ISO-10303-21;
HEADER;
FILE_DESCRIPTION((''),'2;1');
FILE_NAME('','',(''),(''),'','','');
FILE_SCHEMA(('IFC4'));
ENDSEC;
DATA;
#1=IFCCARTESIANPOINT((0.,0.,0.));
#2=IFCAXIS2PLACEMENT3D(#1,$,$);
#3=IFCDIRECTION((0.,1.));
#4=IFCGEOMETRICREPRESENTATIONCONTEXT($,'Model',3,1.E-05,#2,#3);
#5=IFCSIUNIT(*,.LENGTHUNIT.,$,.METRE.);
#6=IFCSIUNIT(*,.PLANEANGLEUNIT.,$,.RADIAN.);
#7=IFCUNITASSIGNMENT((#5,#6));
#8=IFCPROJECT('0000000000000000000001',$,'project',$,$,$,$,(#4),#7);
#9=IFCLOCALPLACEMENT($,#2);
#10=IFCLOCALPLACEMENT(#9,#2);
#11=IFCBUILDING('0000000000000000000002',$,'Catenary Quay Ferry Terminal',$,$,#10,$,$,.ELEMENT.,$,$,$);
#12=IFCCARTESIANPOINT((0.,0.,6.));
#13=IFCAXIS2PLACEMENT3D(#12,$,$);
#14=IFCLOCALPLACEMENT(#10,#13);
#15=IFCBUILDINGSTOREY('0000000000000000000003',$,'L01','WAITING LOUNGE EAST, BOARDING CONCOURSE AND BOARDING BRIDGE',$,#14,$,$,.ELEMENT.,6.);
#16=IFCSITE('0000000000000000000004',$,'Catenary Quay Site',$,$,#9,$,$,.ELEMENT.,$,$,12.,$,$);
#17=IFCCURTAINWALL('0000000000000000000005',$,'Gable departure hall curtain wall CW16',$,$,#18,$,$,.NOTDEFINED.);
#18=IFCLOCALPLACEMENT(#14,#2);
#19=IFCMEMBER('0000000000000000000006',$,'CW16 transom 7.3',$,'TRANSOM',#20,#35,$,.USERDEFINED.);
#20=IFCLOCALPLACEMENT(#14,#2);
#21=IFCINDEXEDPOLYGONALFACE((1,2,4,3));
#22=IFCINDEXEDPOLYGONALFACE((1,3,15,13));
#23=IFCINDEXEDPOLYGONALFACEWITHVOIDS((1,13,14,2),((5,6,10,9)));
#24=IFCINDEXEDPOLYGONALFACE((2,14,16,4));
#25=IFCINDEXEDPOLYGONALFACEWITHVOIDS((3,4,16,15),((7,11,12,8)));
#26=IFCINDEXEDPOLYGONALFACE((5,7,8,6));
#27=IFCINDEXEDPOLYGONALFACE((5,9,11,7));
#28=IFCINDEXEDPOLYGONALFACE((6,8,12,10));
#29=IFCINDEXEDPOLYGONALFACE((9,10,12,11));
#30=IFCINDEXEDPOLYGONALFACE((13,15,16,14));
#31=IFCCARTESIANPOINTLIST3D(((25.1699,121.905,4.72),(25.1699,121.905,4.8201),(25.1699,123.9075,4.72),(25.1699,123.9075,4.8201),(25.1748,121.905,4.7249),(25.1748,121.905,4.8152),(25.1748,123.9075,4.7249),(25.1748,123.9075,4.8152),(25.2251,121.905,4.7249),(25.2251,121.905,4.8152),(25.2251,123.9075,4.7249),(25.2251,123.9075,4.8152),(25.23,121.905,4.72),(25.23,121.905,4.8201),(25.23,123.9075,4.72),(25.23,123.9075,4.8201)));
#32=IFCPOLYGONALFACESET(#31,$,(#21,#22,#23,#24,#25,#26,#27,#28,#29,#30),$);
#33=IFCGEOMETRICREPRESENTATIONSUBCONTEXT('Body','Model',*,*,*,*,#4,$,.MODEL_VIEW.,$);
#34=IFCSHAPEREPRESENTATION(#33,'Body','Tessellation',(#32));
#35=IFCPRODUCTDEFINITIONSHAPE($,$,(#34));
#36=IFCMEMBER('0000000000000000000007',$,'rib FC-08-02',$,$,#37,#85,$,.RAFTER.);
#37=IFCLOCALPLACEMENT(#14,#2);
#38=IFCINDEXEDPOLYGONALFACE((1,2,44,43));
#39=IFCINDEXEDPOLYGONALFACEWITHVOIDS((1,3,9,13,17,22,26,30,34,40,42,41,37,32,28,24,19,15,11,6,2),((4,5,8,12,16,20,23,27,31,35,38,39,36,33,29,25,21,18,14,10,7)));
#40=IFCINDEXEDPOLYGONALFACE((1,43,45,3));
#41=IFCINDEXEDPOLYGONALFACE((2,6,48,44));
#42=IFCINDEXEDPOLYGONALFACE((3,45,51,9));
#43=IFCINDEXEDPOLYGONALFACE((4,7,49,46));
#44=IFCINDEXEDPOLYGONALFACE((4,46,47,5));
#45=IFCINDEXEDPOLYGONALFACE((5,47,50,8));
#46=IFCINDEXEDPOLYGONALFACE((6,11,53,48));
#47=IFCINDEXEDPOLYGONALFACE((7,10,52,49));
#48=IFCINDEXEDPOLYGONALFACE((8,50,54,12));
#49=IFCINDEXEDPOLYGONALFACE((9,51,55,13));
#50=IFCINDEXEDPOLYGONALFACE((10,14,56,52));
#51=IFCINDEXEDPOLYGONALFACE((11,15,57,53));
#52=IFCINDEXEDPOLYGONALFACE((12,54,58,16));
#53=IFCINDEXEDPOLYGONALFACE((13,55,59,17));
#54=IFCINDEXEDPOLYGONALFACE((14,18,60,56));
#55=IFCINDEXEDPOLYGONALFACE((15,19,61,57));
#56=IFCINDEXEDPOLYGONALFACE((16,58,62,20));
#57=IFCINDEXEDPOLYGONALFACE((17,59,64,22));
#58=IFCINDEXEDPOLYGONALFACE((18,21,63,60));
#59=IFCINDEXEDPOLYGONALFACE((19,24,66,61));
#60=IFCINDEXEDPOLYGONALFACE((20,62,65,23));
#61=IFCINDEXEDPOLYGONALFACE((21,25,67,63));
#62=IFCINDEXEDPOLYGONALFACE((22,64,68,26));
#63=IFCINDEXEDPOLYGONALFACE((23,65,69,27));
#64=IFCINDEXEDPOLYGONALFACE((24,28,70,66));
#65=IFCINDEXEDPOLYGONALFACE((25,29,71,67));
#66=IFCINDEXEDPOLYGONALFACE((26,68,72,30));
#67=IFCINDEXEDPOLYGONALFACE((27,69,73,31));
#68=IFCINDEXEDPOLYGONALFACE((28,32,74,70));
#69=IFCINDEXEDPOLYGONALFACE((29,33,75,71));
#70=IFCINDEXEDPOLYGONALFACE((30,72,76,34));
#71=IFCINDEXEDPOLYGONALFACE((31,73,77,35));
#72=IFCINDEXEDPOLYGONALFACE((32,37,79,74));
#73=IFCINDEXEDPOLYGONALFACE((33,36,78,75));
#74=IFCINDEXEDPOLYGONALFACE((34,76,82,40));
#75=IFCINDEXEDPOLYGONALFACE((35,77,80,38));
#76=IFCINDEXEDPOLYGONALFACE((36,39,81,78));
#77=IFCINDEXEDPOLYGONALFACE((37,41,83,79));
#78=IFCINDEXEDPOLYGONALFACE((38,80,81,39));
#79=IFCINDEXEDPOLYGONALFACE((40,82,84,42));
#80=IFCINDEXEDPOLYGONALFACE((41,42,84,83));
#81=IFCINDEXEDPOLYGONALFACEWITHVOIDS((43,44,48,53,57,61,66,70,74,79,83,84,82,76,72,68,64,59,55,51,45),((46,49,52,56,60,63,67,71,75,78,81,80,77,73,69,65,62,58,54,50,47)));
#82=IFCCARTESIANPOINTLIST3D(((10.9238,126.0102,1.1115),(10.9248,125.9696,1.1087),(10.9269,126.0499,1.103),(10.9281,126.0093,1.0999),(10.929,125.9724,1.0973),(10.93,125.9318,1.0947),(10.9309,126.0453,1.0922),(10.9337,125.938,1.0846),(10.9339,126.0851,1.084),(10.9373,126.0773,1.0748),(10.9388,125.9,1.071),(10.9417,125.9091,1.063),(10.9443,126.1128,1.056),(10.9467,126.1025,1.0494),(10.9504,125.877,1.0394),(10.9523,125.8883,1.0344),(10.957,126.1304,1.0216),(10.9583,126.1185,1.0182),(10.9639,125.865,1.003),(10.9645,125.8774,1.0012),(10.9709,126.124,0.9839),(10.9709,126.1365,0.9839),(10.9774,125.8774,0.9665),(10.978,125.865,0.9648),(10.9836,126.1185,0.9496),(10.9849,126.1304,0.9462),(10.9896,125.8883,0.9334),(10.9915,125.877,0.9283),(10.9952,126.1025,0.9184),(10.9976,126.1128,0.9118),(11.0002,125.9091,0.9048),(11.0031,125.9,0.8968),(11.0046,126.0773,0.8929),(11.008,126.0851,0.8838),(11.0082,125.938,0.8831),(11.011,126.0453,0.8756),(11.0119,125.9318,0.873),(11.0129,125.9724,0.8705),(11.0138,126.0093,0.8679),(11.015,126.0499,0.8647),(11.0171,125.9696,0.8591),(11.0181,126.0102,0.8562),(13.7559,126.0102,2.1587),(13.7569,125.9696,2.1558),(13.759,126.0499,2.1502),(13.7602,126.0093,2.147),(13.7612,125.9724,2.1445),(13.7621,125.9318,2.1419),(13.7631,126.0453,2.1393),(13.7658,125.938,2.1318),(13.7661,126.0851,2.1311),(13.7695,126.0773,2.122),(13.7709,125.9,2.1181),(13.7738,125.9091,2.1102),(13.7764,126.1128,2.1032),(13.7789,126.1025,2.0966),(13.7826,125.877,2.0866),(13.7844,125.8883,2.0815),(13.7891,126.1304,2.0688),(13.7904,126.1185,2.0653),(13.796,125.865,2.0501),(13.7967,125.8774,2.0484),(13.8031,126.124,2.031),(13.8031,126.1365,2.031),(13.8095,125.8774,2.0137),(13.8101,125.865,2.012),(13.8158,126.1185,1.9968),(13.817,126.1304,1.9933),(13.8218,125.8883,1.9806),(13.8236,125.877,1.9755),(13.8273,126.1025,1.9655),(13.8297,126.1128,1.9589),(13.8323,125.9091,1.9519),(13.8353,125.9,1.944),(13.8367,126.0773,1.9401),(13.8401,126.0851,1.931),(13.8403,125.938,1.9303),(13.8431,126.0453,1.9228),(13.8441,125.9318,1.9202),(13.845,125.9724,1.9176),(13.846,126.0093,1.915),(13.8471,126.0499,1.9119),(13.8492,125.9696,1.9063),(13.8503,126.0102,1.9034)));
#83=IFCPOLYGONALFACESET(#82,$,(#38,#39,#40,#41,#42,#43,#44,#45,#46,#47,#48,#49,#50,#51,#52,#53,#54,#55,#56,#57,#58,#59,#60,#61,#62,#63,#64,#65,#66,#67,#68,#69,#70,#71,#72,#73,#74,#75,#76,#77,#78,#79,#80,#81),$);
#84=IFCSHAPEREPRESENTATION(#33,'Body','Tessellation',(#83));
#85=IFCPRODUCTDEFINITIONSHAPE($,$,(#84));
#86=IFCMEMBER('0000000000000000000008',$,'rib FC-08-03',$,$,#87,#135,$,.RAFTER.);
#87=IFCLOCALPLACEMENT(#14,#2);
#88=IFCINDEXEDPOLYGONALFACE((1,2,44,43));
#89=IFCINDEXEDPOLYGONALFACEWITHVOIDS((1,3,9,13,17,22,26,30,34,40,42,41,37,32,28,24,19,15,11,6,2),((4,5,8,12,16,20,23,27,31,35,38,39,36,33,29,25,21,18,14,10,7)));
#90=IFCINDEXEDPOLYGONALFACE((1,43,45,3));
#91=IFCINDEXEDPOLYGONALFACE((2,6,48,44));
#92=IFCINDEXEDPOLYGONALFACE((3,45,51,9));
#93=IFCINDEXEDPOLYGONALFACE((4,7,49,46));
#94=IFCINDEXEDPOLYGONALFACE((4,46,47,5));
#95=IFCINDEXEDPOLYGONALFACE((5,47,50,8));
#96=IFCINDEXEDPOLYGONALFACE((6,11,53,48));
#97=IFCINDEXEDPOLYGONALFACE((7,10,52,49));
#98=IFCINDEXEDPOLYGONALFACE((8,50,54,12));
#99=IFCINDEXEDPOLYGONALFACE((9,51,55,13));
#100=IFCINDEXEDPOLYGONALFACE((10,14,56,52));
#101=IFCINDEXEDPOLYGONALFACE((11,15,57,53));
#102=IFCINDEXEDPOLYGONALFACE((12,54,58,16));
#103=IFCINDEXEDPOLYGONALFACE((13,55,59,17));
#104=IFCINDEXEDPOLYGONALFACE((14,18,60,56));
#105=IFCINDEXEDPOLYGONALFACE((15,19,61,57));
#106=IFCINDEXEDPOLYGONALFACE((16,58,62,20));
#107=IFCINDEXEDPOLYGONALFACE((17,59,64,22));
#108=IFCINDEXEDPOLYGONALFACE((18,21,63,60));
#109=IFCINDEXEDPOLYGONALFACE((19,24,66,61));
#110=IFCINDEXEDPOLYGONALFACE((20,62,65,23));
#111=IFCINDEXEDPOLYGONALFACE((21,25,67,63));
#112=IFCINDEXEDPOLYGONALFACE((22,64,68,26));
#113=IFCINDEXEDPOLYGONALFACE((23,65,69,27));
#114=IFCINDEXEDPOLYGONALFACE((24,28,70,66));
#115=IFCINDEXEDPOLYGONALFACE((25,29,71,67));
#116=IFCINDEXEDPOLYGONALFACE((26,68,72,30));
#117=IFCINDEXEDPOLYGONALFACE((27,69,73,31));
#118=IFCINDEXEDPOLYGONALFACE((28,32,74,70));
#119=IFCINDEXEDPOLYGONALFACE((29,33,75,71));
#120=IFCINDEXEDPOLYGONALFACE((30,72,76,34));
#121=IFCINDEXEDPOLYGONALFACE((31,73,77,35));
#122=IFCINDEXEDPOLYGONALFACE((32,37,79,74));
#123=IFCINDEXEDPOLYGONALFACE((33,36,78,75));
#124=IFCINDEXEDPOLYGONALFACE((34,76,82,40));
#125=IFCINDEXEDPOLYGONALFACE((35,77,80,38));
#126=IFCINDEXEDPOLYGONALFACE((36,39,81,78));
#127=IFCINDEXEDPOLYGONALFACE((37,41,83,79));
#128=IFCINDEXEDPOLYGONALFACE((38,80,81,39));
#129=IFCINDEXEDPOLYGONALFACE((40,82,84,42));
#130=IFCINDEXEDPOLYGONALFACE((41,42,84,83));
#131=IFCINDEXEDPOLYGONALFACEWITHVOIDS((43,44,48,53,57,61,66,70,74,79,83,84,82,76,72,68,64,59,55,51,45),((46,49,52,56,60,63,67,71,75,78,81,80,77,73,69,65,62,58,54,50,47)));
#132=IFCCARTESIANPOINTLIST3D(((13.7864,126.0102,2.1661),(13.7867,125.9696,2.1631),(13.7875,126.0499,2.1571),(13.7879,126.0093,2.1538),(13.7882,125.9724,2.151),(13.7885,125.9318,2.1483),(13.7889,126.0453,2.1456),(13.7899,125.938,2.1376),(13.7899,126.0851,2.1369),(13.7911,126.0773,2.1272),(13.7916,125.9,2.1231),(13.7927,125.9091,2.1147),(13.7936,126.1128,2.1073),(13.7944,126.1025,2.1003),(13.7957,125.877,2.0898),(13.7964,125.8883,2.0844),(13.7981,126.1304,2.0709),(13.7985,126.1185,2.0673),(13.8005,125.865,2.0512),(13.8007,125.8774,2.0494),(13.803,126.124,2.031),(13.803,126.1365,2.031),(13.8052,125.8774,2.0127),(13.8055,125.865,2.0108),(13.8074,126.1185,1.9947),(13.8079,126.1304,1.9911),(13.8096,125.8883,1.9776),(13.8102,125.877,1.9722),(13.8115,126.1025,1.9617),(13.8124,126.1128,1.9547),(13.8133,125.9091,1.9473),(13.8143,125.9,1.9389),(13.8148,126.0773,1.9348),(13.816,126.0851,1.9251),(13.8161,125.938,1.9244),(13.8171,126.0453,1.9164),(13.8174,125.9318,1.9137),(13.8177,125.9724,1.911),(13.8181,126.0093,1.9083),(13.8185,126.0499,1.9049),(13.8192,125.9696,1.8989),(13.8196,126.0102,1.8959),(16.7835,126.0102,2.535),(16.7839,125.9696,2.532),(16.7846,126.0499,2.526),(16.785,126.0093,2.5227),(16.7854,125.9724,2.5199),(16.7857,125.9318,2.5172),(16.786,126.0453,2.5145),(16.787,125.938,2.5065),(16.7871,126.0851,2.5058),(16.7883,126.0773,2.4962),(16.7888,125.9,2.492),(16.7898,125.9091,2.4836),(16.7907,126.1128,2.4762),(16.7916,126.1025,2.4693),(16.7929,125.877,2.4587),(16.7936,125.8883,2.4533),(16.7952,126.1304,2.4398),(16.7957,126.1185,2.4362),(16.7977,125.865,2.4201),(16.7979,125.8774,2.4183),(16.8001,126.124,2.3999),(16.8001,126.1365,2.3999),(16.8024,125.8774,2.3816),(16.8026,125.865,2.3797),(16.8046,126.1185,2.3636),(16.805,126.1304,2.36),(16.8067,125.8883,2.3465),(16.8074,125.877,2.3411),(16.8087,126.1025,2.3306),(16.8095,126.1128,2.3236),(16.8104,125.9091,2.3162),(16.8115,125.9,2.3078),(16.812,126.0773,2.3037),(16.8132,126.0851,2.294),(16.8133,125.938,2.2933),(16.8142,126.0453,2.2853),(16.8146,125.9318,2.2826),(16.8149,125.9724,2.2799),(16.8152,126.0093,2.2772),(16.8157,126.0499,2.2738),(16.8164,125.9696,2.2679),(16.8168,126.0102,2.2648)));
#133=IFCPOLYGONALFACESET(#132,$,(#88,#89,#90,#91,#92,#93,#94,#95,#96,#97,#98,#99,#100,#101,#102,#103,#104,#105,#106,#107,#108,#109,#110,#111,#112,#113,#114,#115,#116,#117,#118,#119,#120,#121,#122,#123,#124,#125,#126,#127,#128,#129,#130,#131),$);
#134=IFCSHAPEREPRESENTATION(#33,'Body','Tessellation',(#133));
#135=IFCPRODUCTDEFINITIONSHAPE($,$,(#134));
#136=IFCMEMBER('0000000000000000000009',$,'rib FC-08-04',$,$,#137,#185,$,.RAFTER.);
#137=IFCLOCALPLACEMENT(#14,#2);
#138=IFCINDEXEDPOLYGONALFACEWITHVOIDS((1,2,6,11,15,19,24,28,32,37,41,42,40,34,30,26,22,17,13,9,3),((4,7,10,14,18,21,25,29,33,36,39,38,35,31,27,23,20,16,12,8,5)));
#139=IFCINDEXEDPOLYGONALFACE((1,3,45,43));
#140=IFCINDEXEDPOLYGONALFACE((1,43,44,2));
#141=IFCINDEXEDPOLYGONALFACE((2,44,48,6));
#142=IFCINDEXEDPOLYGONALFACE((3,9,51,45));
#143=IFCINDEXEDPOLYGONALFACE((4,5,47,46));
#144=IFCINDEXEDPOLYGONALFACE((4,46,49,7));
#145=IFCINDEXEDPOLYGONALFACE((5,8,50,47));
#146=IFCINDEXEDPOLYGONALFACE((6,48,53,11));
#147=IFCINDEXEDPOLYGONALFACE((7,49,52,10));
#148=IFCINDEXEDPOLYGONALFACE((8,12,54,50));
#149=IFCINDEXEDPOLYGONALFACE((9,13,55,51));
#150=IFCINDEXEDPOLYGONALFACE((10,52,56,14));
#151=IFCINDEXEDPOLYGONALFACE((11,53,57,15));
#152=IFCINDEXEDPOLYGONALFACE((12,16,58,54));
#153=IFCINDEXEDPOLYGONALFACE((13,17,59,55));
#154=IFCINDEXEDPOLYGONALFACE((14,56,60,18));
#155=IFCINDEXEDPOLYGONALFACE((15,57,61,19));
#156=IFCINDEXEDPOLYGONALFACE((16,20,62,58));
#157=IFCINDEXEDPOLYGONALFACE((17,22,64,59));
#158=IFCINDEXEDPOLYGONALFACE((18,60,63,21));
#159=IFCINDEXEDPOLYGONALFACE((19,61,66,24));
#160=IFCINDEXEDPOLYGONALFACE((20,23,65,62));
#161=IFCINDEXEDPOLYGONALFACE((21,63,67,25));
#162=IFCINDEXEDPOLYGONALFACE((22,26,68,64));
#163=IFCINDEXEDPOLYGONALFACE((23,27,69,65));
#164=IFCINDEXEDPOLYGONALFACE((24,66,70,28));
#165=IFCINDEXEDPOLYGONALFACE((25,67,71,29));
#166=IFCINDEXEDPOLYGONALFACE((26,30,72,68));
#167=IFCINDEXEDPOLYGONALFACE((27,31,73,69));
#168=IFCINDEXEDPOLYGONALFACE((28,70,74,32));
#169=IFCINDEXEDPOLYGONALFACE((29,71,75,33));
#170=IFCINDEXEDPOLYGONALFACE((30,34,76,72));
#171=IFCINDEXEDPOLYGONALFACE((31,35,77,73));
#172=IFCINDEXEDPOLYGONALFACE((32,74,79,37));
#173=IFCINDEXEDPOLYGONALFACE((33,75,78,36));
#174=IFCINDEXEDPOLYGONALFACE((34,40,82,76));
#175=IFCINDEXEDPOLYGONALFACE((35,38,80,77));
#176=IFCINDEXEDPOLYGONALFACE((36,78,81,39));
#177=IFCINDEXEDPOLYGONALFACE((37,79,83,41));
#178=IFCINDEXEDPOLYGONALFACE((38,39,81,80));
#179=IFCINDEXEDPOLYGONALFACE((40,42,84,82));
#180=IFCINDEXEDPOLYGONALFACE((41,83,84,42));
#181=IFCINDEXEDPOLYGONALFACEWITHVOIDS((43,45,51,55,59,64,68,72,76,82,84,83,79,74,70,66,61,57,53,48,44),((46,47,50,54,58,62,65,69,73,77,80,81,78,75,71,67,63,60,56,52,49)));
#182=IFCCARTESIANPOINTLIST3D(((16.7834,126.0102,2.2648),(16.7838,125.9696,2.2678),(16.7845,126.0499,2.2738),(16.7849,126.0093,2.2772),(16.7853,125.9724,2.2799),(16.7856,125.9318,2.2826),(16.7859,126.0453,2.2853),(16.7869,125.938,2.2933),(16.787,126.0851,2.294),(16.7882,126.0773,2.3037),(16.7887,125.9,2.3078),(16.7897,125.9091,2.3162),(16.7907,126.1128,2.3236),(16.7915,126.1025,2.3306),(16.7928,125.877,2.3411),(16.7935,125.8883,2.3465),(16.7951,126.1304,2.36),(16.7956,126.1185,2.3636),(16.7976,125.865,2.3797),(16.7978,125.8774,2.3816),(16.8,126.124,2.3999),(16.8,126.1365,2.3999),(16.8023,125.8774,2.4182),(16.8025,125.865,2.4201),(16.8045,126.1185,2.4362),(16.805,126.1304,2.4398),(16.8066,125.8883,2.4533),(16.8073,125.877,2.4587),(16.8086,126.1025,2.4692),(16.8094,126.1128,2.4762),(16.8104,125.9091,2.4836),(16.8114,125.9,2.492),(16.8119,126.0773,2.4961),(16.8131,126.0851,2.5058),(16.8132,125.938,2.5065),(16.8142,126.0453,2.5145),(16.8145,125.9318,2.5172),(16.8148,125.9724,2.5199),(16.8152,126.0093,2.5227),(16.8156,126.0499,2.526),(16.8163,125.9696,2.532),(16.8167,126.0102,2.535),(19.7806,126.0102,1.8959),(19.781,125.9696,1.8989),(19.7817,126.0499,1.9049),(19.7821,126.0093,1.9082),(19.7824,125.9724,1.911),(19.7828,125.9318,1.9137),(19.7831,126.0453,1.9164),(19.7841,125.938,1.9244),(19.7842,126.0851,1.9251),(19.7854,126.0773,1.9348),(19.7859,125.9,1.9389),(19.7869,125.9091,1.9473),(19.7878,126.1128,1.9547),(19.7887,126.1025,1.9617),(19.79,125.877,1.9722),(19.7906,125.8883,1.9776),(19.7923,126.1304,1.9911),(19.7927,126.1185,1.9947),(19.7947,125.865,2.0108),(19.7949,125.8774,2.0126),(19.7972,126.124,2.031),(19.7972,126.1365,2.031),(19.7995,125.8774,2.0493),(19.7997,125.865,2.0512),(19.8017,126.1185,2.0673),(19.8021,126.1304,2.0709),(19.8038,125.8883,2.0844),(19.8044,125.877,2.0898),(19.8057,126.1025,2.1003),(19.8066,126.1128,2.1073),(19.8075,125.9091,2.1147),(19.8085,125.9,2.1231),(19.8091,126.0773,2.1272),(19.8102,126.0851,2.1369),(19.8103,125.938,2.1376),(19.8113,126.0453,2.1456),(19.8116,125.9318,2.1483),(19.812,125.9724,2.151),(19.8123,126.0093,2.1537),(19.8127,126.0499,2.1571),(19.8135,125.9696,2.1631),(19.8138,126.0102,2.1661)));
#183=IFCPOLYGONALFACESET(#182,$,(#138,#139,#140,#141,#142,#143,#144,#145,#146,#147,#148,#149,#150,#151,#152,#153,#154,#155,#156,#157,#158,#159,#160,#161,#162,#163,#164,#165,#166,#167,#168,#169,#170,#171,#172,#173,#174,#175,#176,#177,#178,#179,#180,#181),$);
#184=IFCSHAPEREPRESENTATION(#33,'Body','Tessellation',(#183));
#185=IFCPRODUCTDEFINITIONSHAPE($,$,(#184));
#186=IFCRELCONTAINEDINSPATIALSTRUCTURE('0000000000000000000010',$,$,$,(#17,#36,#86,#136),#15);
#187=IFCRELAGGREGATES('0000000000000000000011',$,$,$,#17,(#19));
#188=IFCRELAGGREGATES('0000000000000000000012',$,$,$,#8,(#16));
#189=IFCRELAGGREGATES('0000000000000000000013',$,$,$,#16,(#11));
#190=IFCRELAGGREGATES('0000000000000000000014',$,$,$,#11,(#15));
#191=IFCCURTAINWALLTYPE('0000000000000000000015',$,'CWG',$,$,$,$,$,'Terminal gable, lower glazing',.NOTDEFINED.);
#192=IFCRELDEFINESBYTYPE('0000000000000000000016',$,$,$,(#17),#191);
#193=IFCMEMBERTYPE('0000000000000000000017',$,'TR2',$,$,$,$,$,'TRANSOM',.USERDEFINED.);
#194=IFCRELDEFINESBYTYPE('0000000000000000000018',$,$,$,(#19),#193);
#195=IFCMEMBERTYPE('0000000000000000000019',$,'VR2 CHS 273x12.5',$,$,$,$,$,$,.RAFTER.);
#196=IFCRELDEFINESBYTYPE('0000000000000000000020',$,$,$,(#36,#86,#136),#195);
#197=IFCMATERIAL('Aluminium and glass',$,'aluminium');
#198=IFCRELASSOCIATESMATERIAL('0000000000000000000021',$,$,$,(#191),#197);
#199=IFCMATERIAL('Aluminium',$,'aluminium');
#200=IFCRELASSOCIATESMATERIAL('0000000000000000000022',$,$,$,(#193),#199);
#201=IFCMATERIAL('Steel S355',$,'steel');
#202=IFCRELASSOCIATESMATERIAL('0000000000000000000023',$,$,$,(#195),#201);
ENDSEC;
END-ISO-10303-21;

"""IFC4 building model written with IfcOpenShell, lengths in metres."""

from ifc_helpers import new_model, si_unit, direction, frame, origin, origin_2d, place, context, subcontext, project, spatial, hollow_rectangle, hollow_circle, extrude, material, material_profile, profile_set, type_object, element, aggregate, save


model = new_model("IFC4")

# Units and contexts
model_context = context("Model", 3, precision=1e-05, world=origin(), true_north=direction((0.0, 1.0)))
body_context = subcontext(model_context, "Body", "Model", "MODEL_VIEW")
ifc_project = project(units=[si_unit("LENGTHUNIT", "METRE"), si_unit("PLANEANGLEUNIT", "RADIAN")], contexts=[model_context])

# Site, building, storey
site_placement = place(None, origin())
site = spatial("IfcSite", under=ifc_project, at=site_placement, Name="Catenary Quay Site", CompositionType="ELEMENT", RefElevation=12.0)
building_placement = place(site_placement, origin())
building = spatial("IfcBuilding", under=site, at=building_placement, Name="Catenary Quay Ferry Terminal", CompositionType="ELEMENT")
storey_placement = place(building_placement, frame((0.0, 0.0, 6.0)))
storey = spatial("IfcBuildingStorey", under=building, at=storey_placement, Name="L01", Description="WAITING LOUNGE EAST, BOARDING CONCOURSE AND BOARDING BRIDGE", CompositionType="ELEMENT", Elevation=6.0)

# Curtain wall
ifc_material_1 = material(Name="Aluminium and glass", Category="aluminium")
curtain_wall_type = type_object("IfcCurtainWallType", Name="CWG", ElementType="Terminal gable, lower glazing", PredefinedType="NOTDEFINED", material=ifc_material_1)
curtain_wall_placement = place(storey_placement, origin())
curtain_wall = element("IfcCurtainWall", 1, at=curtain_wall_placement, inside=storey, type_object=curtain_wall_type, Name="Gable departure hall curtain wall CW16", PredefinedType="NOTDEFINED")

# Member
ifc_material_2 = material(Name="Aluminium", Category="aluminium")
ifc_material_profile_1 = material_profile(ifc_material_2, hollow_rectangle(XDim=0.0601, YDim=0.1001, WallThickness=0.0049, at=origin_2d()), Name="TR2")
ifc_profile_set_1 = profile_set([ifc_material_profile_1], Name="Aluminium")
member_type_1 = type_object("IfcMemberType", Name="TR2", ElementType="TRANSOM", PredefinedType="USERDEFINED", material=ifc_profile_set_1)
member_1_placement = place(storey_placement, frame((25.2, 121.905, 4.77), z_axis=(0.0, 1.0, 0.0), x_axis=(-1.0, 0.0, 0.0)))
member_1 = element("IfcMember", 2, at=member_1_placement, type_object=member_type_1, Name="CW16 transom 7.3", ObjectType="TRANSOM", PredefinedType="USERDEFINED", context=body_context, shape_type="SweptSolid", body=[
    extrude(hollow_rectangle(XDim=0.0601, YDim=0.1001, WallThickness=0.0049, at=origin_2d()), origin(), (0.0, 0.0, 1.0), 2.0024),
])

# Members
ifc_material_3 = material(Name="Steel S355", Category="steel")
ifc_material_profile_2 = material_profile(ifc_material_3, hollow_circle(Radius=0.1365, WallThickness=0.0125, at=origin_2d()), Name="CHS 273x12.5")
ifc_profile_set_2 = profile_set([ifc_material_profile_2], Name="Steel S355")
member_type_2 = type_object("IfcMemberType", Name="VR2 CHS 273x12.5", PredefinedType="RAFTER", material=ifc_profile_set_2)
member_2_placement = place(storey_placement, frame((10.9709, 126.0, 0.9839), z_axis=(0.937941, 0.0, 0.346796), x_axis=(0.0, 1.0, 0.0)))
element("IfcMember", 3, at=member_2_placement, inside=storey, type_object=member_type_2, Name="rib FC-08-02", PredefinedType="RAFTER", context=body_context, shape_type="SweptSolid", body=[
    extrude(hollow_circle(Radius=0.1365, WallThickness=0.0125, at=origin_2d()), origin(), (0.0, 0.0, 1.0), 3.0195),
])
for number, where, z_axis, x_axis, name in (
    (4, (13.803, 126.0, 2.031), (0.99251, 0.0, 0.122164), (0.0, 1.0, 0.0), "rib FC-08-03"),
    (5, (16.8, 126.0, 2.3999), (0.99251, 0.0, -0.122164), (0.0, 1.0, 0.0), "rib FC-08-04"),
):
    element("IfcMember", number, at=place(storey_placement, frame(where, z_axis=z_axis, x_axis=x_axis)), inside=storey, type_object=member_type_2, Name=name, PredefinedType="RAFTER", context=body_context, shape_type="SweptSolid", body=[
        extrude(hollow_circle(Radius=0.1365, WallThickness=0.0125, at=origin_2d()), origin(), (0.0, 0.0, 1.0), 3.0198),
    ])

aggregate(curtain_wall, [member_1])

save(model, "model.ifc")
